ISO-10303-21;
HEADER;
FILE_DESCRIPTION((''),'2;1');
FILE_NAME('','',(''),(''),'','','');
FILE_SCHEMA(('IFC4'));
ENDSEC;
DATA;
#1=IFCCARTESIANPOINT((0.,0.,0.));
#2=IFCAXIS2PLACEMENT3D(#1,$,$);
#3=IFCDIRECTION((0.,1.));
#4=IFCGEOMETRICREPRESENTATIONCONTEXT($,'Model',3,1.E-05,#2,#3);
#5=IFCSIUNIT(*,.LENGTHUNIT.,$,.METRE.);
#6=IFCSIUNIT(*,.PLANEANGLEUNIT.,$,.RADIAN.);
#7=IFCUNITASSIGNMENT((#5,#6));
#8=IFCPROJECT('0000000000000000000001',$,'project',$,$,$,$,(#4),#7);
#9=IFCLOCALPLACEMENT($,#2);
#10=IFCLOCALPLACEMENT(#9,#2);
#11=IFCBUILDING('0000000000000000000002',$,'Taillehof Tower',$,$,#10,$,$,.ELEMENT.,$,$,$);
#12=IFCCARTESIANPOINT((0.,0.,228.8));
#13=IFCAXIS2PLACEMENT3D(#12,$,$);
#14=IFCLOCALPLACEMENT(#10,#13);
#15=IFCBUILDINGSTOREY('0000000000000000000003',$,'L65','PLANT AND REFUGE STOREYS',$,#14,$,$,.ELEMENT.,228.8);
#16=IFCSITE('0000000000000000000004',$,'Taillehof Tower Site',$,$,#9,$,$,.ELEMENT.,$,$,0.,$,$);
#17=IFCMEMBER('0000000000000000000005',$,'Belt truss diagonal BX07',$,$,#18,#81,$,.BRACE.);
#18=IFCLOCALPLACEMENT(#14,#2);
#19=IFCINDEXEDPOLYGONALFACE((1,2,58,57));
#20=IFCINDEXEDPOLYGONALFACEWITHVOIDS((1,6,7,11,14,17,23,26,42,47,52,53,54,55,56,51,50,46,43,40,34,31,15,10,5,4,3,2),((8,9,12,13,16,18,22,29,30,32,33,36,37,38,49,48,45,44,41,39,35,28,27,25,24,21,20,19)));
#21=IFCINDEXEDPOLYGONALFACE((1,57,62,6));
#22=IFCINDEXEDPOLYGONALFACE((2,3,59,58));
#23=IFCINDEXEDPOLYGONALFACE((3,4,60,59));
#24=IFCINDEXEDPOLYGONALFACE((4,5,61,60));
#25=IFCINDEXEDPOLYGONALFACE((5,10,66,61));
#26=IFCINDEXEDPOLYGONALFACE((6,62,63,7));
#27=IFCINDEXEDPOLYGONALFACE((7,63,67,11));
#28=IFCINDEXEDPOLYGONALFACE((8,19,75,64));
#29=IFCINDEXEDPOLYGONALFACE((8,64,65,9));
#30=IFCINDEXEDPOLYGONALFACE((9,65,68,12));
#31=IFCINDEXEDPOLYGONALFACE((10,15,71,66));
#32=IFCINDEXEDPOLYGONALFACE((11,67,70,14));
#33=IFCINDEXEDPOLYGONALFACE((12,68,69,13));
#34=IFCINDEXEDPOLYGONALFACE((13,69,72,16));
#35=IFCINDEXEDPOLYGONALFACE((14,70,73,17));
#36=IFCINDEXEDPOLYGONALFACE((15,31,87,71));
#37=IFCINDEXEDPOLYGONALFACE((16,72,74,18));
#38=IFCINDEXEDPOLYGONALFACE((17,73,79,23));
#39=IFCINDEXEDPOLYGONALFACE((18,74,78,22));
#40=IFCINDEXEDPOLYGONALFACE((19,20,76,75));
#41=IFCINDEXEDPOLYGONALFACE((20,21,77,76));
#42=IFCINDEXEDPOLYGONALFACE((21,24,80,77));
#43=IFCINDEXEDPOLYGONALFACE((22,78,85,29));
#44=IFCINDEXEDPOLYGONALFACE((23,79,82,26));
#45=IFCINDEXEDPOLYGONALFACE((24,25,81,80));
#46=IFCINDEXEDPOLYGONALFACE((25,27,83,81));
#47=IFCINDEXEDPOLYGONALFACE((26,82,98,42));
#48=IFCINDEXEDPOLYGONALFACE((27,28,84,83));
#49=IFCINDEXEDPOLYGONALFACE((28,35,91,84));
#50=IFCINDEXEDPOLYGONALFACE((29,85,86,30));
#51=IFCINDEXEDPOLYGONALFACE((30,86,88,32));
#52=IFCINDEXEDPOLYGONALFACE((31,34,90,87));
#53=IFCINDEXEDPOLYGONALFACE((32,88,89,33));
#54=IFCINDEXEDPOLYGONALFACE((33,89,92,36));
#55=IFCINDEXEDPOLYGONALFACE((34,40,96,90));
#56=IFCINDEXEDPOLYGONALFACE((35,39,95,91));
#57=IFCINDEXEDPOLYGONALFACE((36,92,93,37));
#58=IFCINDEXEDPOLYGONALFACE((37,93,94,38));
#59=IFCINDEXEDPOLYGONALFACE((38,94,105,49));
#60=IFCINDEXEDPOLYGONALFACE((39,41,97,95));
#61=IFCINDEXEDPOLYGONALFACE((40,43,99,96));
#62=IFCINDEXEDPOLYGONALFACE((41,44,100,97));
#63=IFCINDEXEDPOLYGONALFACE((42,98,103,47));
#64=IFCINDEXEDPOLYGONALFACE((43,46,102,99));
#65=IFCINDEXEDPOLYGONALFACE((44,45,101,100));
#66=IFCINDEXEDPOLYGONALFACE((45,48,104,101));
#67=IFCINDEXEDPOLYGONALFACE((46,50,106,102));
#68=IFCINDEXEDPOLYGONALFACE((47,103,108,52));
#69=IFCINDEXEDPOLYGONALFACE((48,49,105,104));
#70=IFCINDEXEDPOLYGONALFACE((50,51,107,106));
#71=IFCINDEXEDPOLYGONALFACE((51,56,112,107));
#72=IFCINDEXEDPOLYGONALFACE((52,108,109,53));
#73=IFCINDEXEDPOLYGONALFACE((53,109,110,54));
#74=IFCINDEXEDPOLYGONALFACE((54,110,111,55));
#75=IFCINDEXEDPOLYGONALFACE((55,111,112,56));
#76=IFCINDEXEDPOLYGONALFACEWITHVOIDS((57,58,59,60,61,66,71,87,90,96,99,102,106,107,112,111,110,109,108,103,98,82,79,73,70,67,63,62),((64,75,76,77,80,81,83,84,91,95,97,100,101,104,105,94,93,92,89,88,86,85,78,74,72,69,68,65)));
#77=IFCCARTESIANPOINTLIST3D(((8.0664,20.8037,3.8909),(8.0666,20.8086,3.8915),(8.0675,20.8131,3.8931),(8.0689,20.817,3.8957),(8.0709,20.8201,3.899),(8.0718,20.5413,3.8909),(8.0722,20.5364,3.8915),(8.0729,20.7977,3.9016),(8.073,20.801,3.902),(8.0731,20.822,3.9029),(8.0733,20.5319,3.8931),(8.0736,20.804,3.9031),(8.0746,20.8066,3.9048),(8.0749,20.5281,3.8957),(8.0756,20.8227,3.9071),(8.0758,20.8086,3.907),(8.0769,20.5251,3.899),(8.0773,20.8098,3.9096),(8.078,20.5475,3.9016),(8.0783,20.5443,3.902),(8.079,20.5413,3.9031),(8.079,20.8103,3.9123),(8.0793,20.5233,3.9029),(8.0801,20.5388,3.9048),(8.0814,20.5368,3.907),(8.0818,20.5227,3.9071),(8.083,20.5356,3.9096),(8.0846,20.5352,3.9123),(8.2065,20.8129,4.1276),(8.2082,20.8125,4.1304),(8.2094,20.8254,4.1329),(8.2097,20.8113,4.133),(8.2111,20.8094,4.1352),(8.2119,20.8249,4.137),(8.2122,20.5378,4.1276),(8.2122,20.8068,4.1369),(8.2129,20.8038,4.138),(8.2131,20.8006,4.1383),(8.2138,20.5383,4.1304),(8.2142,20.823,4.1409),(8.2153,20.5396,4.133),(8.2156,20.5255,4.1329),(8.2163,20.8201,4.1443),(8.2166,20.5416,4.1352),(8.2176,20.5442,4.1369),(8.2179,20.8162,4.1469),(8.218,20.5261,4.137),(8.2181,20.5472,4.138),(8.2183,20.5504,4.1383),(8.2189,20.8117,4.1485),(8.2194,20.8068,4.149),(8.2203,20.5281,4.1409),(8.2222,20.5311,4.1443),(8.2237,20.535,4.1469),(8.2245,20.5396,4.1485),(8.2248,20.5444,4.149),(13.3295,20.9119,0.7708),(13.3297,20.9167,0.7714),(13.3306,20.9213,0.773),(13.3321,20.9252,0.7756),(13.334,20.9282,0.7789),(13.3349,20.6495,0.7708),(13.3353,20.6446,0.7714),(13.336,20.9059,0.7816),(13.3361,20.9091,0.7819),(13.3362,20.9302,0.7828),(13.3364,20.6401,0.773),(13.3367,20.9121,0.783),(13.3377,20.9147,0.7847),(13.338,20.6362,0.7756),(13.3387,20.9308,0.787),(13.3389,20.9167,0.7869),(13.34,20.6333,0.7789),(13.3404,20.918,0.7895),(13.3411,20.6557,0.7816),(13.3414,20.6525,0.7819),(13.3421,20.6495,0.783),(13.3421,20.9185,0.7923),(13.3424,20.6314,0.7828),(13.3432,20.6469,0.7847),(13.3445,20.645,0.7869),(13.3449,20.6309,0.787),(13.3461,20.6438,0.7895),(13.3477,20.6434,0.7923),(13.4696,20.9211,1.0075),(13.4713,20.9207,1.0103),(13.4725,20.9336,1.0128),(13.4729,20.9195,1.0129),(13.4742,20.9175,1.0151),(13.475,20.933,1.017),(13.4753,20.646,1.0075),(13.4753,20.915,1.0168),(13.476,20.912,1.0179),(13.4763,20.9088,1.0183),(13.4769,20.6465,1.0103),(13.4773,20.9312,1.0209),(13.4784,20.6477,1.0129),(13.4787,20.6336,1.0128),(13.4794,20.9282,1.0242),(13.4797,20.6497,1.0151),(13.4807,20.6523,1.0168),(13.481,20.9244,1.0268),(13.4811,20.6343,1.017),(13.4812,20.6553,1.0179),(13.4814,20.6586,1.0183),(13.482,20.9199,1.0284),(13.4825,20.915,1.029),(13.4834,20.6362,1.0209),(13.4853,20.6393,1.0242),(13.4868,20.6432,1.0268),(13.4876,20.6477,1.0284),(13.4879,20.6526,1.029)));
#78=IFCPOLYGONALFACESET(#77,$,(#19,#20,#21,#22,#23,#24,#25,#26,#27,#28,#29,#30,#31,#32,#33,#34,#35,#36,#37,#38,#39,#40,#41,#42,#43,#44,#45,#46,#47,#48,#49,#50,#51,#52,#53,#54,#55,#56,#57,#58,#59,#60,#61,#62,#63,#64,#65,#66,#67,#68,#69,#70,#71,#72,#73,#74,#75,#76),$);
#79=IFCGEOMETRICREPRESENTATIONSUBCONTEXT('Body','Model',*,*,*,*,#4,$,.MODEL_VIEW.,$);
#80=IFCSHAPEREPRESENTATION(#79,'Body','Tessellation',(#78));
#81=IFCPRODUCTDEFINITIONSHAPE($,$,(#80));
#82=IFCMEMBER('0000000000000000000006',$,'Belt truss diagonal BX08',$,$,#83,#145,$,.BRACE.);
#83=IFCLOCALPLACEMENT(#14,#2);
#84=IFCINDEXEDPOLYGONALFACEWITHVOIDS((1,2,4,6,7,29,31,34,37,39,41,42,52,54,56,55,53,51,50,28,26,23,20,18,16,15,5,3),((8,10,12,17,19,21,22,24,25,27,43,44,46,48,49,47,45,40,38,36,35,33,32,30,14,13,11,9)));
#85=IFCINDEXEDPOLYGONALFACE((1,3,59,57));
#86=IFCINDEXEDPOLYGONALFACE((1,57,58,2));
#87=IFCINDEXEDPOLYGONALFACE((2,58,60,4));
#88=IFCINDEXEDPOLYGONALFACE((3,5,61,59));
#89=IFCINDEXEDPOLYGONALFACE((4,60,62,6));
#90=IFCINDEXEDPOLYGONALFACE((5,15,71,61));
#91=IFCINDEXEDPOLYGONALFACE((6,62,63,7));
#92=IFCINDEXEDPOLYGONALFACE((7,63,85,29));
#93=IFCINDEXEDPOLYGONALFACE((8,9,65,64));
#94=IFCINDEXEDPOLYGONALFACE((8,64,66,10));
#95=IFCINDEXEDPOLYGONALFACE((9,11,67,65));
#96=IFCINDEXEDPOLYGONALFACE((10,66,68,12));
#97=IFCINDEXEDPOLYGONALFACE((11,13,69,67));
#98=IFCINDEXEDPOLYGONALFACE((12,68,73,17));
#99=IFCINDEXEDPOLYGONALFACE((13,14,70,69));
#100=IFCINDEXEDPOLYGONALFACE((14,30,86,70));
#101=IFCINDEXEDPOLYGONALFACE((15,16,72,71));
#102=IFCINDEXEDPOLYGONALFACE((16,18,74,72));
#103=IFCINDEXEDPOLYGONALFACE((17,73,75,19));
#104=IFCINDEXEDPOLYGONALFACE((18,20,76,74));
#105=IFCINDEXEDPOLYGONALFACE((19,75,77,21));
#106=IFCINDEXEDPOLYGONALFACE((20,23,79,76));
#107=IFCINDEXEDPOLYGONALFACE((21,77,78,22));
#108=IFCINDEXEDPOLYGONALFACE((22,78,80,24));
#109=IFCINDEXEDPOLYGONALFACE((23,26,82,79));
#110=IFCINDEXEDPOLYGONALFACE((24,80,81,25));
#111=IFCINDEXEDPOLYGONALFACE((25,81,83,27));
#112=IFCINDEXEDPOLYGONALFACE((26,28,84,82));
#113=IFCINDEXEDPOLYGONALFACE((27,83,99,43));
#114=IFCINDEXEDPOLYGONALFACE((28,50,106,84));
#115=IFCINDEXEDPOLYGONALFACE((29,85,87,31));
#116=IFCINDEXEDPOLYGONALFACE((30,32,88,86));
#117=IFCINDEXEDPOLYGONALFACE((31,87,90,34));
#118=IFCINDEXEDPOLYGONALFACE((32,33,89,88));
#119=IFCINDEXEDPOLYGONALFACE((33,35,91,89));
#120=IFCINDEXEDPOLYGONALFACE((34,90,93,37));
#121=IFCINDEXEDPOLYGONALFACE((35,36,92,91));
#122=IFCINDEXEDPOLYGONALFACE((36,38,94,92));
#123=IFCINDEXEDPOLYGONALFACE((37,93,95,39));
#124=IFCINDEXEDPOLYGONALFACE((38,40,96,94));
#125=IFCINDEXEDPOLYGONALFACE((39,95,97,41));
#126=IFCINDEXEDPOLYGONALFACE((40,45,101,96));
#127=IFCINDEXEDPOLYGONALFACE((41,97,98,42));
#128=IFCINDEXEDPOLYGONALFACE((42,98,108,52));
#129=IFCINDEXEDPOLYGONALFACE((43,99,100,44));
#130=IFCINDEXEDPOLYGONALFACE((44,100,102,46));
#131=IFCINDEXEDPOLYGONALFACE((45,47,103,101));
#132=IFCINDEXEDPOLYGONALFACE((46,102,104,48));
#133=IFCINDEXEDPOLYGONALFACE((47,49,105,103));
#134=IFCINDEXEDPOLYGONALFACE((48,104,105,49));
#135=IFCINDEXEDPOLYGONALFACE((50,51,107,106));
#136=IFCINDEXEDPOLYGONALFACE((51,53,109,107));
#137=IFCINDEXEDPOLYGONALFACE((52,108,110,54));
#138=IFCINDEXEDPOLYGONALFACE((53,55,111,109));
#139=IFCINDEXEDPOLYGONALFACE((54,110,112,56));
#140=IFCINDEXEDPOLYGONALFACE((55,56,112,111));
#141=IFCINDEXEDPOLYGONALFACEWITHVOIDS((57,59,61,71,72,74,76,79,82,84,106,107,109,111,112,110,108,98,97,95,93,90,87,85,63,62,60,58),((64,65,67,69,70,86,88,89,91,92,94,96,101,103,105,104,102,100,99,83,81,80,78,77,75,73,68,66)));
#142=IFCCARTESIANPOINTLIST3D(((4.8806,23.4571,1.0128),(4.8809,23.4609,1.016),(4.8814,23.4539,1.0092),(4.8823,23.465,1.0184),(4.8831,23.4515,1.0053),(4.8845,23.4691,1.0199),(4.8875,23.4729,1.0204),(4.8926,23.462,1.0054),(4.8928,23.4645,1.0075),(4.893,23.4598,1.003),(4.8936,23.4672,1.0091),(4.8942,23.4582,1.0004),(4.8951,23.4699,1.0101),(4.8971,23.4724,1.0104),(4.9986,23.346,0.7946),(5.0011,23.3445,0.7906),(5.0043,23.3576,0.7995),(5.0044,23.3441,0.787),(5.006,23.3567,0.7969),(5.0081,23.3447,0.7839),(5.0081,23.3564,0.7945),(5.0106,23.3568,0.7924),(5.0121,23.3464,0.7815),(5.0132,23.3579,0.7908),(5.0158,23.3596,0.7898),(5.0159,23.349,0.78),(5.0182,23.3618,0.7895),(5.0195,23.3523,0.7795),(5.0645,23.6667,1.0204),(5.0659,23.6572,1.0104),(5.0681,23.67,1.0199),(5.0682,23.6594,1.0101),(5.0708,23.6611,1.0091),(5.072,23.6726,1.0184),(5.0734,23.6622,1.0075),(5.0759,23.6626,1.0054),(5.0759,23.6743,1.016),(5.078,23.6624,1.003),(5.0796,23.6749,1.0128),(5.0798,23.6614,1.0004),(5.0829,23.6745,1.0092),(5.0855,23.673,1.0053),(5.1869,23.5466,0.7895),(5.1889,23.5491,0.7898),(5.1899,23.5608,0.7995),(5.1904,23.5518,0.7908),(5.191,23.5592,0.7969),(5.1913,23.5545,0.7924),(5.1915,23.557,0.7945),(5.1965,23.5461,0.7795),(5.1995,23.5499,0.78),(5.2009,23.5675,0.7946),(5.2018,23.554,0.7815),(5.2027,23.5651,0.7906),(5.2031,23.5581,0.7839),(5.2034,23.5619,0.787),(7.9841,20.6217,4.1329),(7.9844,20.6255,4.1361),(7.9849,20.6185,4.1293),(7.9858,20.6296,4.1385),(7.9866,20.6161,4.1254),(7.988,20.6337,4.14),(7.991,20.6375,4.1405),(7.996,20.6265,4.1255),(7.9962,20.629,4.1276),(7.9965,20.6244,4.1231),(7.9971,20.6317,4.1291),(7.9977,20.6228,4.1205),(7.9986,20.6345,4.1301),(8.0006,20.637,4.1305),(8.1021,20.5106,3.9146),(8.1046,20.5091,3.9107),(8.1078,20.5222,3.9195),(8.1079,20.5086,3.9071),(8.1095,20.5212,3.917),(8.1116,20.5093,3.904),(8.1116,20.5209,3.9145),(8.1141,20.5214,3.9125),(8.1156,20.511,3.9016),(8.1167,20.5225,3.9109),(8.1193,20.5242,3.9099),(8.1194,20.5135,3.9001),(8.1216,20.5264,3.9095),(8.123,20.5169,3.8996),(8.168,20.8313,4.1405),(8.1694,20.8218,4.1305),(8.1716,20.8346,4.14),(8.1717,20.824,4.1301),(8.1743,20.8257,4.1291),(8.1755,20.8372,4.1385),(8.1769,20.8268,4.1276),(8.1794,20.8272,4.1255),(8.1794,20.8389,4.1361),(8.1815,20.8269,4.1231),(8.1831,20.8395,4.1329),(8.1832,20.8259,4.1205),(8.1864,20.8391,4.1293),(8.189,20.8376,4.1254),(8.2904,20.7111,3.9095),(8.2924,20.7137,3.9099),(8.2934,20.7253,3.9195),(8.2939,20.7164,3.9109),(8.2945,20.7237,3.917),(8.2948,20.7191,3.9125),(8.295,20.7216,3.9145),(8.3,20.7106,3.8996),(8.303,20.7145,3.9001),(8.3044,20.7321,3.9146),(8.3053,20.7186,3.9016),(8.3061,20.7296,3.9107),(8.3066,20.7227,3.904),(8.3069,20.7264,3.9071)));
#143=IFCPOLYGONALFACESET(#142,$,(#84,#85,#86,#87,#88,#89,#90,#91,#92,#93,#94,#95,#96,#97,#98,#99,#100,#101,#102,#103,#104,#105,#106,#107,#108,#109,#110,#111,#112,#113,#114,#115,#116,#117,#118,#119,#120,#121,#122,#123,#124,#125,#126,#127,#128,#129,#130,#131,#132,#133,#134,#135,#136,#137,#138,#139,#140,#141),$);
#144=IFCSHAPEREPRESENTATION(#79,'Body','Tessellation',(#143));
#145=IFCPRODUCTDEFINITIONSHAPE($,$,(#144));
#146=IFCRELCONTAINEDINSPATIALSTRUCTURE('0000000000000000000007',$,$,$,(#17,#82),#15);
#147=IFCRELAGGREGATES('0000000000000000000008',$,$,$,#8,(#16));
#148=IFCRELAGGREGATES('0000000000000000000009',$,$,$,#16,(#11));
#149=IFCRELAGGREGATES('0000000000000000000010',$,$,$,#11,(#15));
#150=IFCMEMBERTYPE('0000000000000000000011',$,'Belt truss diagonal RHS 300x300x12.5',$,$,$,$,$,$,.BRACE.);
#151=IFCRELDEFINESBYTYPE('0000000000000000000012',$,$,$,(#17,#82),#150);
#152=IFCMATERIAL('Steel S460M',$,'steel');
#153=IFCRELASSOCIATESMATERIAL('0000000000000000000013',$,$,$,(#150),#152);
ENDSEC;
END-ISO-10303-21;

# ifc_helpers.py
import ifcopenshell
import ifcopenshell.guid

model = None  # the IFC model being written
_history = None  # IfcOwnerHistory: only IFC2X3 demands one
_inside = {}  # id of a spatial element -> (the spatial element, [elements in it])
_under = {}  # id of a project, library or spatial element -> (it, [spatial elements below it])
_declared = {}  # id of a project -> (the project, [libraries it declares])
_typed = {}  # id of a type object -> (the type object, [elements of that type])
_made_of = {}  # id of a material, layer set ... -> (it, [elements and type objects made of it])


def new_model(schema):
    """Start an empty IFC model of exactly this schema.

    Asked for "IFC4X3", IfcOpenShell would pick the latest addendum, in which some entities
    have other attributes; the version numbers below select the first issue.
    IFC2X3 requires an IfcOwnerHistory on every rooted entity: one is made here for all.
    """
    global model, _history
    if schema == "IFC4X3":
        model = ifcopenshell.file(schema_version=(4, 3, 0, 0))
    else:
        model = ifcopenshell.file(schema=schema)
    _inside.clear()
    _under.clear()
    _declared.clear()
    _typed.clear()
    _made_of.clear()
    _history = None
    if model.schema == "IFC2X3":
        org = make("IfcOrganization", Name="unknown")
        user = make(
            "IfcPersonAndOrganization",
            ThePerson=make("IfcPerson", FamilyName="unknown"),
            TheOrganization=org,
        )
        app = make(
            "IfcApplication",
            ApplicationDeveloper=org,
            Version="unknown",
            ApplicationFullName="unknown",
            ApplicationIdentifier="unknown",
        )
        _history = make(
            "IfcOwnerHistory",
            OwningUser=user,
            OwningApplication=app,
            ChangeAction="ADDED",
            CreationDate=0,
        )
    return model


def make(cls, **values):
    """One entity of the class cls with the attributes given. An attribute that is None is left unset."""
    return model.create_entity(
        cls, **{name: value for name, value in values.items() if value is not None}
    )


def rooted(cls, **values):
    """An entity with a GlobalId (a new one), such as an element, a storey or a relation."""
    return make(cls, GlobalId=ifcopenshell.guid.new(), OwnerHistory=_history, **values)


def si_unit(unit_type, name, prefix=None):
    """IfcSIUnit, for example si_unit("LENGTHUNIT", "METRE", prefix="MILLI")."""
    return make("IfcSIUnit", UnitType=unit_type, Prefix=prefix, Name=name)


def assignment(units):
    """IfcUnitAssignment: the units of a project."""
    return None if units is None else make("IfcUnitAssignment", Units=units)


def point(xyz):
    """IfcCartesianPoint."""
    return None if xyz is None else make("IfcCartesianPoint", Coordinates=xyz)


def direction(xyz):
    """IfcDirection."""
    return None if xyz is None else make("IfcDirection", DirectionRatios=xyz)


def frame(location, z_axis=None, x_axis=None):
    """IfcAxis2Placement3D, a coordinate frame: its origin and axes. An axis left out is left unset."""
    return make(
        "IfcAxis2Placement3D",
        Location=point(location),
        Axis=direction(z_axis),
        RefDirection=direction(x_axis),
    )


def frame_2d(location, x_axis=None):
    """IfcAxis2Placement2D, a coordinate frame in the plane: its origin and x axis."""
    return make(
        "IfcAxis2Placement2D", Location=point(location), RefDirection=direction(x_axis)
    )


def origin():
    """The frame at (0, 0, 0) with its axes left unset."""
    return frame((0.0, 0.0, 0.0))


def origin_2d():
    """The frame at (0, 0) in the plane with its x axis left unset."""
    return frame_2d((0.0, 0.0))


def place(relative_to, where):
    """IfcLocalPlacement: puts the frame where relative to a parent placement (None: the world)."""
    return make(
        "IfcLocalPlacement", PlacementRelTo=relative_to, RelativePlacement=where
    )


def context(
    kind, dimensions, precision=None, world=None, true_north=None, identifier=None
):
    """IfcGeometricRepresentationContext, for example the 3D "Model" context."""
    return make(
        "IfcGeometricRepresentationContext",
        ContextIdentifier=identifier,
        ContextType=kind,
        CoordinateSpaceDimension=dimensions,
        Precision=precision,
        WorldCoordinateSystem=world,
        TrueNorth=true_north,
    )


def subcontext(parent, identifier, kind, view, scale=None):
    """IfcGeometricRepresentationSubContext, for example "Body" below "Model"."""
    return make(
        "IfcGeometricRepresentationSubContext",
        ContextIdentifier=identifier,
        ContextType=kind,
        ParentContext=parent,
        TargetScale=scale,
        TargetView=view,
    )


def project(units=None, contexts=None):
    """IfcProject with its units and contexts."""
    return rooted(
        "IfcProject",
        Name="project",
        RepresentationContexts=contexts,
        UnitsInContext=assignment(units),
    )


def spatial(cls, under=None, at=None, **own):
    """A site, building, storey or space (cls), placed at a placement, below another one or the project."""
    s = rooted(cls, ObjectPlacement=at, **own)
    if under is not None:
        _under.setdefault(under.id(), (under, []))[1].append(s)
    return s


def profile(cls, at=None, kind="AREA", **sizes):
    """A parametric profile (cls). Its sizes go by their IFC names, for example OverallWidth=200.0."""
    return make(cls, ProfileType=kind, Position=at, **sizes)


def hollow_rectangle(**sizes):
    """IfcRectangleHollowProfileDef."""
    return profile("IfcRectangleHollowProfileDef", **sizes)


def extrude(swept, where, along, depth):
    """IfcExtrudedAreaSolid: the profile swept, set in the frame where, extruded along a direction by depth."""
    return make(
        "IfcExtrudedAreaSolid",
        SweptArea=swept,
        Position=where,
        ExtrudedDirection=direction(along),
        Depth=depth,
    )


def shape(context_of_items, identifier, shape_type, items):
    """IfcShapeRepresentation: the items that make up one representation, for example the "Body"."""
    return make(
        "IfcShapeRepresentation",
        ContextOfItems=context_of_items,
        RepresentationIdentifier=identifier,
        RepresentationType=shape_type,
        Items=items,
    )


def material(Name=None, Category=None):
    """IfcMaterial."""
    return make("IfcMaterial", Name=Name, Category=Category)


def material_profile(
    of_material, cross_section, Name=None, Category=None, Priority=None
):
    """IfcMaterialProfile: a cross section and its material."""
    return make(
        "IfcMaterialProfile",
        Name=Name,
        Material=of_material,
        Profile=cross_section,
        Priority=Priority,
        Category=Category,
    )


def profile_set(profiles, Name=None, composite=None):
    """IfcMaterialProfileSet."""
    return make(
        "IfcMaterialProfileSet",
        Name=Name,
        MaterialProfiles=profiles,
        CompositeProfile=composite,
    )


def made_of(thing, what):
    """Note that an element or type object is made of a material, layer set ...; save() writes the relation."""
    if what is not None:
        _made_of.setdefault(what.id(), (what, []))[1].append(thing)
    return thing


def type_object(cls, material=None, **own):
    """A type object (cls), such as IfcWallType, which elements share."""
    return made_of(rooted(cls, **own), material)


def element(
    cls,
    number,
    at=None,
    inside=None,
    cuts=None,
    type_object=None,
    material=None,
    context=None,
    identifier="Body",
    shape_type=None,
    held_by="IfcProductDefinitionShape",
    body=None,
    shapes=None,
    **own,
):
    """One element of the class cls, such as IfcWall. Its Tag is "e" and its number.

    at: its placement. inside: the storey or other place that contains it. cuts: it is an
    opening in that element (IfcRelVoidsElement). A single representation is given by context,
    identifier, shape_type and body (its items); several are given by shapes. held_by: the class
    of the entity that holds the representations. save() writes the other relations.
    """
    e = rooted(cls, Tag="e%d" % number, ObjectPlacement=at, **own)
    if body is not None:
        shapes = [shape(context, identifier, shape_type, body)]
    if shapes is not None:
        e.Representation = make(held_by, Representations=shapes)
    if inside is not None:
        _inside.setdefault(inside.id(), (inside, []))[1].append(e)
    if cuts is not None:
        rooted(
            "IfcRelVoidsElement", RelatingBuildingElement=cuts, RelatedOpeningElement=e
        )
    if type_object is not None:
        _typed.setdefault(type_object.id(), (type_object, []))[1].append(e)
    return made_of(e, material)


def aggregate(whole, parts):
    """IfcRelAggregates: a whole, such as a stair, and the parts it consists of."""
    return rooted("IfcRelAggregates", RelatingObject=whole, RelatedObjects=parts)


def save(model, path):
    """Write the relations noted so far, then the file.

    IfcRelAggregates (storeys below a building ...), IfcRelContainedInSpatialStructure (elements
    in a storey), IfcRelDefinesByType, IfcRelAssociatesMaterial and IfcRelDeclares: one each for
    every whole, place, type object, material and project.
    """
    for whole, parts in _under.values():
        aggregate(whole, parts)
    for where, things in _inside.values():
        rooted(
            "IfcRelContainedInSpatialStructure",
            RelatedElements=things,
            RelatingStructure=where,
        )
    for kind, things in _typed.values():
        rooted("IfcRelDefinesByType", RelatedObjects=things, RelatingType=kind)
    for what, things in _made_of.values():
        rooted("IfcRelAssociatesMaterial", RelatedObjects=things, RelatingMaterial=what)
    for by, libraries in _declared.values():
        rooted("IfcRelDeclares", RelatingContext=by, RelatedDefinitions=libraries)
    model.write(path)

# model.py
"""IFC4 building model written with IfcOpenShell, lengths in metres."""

from ifc_helpers import new_model, si_unit, direction, frame, origin, origin_2d, place, context, subcontext, project, spatial, hollow_rectangle, extrude, material, material_profile, profile_set, type_object, element, save


model = new_model("IFC4")

# Units and contexts
model_context = context("Model", 3, precision=1e-05, world=origin(), true_north=direction((0.0, 1.0)))
body_context = subcontext(model_context, "Body", "Model", "MODEL_VIEW")
ifc_project = project(units=[si_unit("LENGTHUNIT", "METRE"), si_unit("PLANEANGLEUNIT", "RADIAN")], contexts=[model_context])

# Site, building, storey
site_placement = place(None, origin())
site = spatial("IfcSite", under=ifc_project, at=site_placement, Name="Taillehof Tower Site", CompositionType="ELEMENT", RefElevation=0.0)
building_placement = place(site_placement, origin())
building = spatial("IfcBuilding", under=site, at=building_placement, Name="Taillehof Tower", CompositionType="ELEMENT")
storey_placement = place(building_placement, frame((0.0, 0.0, 228.8)))
storey = spatial("IfcBuildingStorey", under=building, at=storey_placement, Name="L65", Description="PLANT AND REFUGE STOREYS", CompositionType="ELEMENT", Elevation=228.8)

# Members
ifc_material_1 = material(Name="Steel S460M", Category="steel")
ifc_material_profile_1 = material_profile(ifc_material_1, hollow_rectangle(XDim=0.3, YDim=0.3, WallThickness=0.0125, InnerFilletRadius=0.0125, OuterFilletRadius=0.0188, at=origin_2d()), Name="RHS 300x300x12.5")
ifc_profile_set_1 = profile_set([ifc_material_profile_1], Name="Steel S460M")
member_type_1 = type_object("IfcMemberType", Name="Belt truss diagonal RHS 300x300x12.5", PredefinedType="BRACE", material=ifc_profile_set_1)
member_1_placement = place(storey_placement, frame((13.4087, 20.7822, 0.8999), z_axis=(-0.860072, -0.017674, 0.509867), x_axis=(0.020545, -0.999789, 0.0)))
element("IfcMember", 1, at=member_1_placement, inside=storey, type_object=member_type_1, Name="Belt truss diagonal BX07", PredefinedType="BRACE", context=body_context, shape_type="SweptSolid", body=[
    extrude(hollow_rectangle(XDim=0.3, YDim=0.3, WallThickness=0.0125, InnerFilletRadius=0.0125, OuterFilletRadius=0.0188, at=origin_2d()), origin(), (0.0, 0.0, 1.0), 6.1194),
])
member_2_placement = place(storey_placement, frame((8.1455, 20.6741, 4.02), z_axis=(-0.592824, 0.541618, -0.595995), x_axis=(-0.674503, -0.738272, 0.0)))
element("IfcMember", 2, at=member_2_placement, inside=storey, type_object=member_type_1, Name="Belt truss diagonal BX08", PredefinedType="BRACE", context=body_context, shape_type="SweptSolid", body=[
    extrude(hollow_rectangle(XDim=0.3, YDim=0.3, WallThickness=0.0125, InnerFilletRadius=0.0125, OuterFilletRadius=0.0188, at=origin_2d()), origin(), (0.0, 0.0, 1.0), 5.2351),
])

save(model, "model.ifc")
